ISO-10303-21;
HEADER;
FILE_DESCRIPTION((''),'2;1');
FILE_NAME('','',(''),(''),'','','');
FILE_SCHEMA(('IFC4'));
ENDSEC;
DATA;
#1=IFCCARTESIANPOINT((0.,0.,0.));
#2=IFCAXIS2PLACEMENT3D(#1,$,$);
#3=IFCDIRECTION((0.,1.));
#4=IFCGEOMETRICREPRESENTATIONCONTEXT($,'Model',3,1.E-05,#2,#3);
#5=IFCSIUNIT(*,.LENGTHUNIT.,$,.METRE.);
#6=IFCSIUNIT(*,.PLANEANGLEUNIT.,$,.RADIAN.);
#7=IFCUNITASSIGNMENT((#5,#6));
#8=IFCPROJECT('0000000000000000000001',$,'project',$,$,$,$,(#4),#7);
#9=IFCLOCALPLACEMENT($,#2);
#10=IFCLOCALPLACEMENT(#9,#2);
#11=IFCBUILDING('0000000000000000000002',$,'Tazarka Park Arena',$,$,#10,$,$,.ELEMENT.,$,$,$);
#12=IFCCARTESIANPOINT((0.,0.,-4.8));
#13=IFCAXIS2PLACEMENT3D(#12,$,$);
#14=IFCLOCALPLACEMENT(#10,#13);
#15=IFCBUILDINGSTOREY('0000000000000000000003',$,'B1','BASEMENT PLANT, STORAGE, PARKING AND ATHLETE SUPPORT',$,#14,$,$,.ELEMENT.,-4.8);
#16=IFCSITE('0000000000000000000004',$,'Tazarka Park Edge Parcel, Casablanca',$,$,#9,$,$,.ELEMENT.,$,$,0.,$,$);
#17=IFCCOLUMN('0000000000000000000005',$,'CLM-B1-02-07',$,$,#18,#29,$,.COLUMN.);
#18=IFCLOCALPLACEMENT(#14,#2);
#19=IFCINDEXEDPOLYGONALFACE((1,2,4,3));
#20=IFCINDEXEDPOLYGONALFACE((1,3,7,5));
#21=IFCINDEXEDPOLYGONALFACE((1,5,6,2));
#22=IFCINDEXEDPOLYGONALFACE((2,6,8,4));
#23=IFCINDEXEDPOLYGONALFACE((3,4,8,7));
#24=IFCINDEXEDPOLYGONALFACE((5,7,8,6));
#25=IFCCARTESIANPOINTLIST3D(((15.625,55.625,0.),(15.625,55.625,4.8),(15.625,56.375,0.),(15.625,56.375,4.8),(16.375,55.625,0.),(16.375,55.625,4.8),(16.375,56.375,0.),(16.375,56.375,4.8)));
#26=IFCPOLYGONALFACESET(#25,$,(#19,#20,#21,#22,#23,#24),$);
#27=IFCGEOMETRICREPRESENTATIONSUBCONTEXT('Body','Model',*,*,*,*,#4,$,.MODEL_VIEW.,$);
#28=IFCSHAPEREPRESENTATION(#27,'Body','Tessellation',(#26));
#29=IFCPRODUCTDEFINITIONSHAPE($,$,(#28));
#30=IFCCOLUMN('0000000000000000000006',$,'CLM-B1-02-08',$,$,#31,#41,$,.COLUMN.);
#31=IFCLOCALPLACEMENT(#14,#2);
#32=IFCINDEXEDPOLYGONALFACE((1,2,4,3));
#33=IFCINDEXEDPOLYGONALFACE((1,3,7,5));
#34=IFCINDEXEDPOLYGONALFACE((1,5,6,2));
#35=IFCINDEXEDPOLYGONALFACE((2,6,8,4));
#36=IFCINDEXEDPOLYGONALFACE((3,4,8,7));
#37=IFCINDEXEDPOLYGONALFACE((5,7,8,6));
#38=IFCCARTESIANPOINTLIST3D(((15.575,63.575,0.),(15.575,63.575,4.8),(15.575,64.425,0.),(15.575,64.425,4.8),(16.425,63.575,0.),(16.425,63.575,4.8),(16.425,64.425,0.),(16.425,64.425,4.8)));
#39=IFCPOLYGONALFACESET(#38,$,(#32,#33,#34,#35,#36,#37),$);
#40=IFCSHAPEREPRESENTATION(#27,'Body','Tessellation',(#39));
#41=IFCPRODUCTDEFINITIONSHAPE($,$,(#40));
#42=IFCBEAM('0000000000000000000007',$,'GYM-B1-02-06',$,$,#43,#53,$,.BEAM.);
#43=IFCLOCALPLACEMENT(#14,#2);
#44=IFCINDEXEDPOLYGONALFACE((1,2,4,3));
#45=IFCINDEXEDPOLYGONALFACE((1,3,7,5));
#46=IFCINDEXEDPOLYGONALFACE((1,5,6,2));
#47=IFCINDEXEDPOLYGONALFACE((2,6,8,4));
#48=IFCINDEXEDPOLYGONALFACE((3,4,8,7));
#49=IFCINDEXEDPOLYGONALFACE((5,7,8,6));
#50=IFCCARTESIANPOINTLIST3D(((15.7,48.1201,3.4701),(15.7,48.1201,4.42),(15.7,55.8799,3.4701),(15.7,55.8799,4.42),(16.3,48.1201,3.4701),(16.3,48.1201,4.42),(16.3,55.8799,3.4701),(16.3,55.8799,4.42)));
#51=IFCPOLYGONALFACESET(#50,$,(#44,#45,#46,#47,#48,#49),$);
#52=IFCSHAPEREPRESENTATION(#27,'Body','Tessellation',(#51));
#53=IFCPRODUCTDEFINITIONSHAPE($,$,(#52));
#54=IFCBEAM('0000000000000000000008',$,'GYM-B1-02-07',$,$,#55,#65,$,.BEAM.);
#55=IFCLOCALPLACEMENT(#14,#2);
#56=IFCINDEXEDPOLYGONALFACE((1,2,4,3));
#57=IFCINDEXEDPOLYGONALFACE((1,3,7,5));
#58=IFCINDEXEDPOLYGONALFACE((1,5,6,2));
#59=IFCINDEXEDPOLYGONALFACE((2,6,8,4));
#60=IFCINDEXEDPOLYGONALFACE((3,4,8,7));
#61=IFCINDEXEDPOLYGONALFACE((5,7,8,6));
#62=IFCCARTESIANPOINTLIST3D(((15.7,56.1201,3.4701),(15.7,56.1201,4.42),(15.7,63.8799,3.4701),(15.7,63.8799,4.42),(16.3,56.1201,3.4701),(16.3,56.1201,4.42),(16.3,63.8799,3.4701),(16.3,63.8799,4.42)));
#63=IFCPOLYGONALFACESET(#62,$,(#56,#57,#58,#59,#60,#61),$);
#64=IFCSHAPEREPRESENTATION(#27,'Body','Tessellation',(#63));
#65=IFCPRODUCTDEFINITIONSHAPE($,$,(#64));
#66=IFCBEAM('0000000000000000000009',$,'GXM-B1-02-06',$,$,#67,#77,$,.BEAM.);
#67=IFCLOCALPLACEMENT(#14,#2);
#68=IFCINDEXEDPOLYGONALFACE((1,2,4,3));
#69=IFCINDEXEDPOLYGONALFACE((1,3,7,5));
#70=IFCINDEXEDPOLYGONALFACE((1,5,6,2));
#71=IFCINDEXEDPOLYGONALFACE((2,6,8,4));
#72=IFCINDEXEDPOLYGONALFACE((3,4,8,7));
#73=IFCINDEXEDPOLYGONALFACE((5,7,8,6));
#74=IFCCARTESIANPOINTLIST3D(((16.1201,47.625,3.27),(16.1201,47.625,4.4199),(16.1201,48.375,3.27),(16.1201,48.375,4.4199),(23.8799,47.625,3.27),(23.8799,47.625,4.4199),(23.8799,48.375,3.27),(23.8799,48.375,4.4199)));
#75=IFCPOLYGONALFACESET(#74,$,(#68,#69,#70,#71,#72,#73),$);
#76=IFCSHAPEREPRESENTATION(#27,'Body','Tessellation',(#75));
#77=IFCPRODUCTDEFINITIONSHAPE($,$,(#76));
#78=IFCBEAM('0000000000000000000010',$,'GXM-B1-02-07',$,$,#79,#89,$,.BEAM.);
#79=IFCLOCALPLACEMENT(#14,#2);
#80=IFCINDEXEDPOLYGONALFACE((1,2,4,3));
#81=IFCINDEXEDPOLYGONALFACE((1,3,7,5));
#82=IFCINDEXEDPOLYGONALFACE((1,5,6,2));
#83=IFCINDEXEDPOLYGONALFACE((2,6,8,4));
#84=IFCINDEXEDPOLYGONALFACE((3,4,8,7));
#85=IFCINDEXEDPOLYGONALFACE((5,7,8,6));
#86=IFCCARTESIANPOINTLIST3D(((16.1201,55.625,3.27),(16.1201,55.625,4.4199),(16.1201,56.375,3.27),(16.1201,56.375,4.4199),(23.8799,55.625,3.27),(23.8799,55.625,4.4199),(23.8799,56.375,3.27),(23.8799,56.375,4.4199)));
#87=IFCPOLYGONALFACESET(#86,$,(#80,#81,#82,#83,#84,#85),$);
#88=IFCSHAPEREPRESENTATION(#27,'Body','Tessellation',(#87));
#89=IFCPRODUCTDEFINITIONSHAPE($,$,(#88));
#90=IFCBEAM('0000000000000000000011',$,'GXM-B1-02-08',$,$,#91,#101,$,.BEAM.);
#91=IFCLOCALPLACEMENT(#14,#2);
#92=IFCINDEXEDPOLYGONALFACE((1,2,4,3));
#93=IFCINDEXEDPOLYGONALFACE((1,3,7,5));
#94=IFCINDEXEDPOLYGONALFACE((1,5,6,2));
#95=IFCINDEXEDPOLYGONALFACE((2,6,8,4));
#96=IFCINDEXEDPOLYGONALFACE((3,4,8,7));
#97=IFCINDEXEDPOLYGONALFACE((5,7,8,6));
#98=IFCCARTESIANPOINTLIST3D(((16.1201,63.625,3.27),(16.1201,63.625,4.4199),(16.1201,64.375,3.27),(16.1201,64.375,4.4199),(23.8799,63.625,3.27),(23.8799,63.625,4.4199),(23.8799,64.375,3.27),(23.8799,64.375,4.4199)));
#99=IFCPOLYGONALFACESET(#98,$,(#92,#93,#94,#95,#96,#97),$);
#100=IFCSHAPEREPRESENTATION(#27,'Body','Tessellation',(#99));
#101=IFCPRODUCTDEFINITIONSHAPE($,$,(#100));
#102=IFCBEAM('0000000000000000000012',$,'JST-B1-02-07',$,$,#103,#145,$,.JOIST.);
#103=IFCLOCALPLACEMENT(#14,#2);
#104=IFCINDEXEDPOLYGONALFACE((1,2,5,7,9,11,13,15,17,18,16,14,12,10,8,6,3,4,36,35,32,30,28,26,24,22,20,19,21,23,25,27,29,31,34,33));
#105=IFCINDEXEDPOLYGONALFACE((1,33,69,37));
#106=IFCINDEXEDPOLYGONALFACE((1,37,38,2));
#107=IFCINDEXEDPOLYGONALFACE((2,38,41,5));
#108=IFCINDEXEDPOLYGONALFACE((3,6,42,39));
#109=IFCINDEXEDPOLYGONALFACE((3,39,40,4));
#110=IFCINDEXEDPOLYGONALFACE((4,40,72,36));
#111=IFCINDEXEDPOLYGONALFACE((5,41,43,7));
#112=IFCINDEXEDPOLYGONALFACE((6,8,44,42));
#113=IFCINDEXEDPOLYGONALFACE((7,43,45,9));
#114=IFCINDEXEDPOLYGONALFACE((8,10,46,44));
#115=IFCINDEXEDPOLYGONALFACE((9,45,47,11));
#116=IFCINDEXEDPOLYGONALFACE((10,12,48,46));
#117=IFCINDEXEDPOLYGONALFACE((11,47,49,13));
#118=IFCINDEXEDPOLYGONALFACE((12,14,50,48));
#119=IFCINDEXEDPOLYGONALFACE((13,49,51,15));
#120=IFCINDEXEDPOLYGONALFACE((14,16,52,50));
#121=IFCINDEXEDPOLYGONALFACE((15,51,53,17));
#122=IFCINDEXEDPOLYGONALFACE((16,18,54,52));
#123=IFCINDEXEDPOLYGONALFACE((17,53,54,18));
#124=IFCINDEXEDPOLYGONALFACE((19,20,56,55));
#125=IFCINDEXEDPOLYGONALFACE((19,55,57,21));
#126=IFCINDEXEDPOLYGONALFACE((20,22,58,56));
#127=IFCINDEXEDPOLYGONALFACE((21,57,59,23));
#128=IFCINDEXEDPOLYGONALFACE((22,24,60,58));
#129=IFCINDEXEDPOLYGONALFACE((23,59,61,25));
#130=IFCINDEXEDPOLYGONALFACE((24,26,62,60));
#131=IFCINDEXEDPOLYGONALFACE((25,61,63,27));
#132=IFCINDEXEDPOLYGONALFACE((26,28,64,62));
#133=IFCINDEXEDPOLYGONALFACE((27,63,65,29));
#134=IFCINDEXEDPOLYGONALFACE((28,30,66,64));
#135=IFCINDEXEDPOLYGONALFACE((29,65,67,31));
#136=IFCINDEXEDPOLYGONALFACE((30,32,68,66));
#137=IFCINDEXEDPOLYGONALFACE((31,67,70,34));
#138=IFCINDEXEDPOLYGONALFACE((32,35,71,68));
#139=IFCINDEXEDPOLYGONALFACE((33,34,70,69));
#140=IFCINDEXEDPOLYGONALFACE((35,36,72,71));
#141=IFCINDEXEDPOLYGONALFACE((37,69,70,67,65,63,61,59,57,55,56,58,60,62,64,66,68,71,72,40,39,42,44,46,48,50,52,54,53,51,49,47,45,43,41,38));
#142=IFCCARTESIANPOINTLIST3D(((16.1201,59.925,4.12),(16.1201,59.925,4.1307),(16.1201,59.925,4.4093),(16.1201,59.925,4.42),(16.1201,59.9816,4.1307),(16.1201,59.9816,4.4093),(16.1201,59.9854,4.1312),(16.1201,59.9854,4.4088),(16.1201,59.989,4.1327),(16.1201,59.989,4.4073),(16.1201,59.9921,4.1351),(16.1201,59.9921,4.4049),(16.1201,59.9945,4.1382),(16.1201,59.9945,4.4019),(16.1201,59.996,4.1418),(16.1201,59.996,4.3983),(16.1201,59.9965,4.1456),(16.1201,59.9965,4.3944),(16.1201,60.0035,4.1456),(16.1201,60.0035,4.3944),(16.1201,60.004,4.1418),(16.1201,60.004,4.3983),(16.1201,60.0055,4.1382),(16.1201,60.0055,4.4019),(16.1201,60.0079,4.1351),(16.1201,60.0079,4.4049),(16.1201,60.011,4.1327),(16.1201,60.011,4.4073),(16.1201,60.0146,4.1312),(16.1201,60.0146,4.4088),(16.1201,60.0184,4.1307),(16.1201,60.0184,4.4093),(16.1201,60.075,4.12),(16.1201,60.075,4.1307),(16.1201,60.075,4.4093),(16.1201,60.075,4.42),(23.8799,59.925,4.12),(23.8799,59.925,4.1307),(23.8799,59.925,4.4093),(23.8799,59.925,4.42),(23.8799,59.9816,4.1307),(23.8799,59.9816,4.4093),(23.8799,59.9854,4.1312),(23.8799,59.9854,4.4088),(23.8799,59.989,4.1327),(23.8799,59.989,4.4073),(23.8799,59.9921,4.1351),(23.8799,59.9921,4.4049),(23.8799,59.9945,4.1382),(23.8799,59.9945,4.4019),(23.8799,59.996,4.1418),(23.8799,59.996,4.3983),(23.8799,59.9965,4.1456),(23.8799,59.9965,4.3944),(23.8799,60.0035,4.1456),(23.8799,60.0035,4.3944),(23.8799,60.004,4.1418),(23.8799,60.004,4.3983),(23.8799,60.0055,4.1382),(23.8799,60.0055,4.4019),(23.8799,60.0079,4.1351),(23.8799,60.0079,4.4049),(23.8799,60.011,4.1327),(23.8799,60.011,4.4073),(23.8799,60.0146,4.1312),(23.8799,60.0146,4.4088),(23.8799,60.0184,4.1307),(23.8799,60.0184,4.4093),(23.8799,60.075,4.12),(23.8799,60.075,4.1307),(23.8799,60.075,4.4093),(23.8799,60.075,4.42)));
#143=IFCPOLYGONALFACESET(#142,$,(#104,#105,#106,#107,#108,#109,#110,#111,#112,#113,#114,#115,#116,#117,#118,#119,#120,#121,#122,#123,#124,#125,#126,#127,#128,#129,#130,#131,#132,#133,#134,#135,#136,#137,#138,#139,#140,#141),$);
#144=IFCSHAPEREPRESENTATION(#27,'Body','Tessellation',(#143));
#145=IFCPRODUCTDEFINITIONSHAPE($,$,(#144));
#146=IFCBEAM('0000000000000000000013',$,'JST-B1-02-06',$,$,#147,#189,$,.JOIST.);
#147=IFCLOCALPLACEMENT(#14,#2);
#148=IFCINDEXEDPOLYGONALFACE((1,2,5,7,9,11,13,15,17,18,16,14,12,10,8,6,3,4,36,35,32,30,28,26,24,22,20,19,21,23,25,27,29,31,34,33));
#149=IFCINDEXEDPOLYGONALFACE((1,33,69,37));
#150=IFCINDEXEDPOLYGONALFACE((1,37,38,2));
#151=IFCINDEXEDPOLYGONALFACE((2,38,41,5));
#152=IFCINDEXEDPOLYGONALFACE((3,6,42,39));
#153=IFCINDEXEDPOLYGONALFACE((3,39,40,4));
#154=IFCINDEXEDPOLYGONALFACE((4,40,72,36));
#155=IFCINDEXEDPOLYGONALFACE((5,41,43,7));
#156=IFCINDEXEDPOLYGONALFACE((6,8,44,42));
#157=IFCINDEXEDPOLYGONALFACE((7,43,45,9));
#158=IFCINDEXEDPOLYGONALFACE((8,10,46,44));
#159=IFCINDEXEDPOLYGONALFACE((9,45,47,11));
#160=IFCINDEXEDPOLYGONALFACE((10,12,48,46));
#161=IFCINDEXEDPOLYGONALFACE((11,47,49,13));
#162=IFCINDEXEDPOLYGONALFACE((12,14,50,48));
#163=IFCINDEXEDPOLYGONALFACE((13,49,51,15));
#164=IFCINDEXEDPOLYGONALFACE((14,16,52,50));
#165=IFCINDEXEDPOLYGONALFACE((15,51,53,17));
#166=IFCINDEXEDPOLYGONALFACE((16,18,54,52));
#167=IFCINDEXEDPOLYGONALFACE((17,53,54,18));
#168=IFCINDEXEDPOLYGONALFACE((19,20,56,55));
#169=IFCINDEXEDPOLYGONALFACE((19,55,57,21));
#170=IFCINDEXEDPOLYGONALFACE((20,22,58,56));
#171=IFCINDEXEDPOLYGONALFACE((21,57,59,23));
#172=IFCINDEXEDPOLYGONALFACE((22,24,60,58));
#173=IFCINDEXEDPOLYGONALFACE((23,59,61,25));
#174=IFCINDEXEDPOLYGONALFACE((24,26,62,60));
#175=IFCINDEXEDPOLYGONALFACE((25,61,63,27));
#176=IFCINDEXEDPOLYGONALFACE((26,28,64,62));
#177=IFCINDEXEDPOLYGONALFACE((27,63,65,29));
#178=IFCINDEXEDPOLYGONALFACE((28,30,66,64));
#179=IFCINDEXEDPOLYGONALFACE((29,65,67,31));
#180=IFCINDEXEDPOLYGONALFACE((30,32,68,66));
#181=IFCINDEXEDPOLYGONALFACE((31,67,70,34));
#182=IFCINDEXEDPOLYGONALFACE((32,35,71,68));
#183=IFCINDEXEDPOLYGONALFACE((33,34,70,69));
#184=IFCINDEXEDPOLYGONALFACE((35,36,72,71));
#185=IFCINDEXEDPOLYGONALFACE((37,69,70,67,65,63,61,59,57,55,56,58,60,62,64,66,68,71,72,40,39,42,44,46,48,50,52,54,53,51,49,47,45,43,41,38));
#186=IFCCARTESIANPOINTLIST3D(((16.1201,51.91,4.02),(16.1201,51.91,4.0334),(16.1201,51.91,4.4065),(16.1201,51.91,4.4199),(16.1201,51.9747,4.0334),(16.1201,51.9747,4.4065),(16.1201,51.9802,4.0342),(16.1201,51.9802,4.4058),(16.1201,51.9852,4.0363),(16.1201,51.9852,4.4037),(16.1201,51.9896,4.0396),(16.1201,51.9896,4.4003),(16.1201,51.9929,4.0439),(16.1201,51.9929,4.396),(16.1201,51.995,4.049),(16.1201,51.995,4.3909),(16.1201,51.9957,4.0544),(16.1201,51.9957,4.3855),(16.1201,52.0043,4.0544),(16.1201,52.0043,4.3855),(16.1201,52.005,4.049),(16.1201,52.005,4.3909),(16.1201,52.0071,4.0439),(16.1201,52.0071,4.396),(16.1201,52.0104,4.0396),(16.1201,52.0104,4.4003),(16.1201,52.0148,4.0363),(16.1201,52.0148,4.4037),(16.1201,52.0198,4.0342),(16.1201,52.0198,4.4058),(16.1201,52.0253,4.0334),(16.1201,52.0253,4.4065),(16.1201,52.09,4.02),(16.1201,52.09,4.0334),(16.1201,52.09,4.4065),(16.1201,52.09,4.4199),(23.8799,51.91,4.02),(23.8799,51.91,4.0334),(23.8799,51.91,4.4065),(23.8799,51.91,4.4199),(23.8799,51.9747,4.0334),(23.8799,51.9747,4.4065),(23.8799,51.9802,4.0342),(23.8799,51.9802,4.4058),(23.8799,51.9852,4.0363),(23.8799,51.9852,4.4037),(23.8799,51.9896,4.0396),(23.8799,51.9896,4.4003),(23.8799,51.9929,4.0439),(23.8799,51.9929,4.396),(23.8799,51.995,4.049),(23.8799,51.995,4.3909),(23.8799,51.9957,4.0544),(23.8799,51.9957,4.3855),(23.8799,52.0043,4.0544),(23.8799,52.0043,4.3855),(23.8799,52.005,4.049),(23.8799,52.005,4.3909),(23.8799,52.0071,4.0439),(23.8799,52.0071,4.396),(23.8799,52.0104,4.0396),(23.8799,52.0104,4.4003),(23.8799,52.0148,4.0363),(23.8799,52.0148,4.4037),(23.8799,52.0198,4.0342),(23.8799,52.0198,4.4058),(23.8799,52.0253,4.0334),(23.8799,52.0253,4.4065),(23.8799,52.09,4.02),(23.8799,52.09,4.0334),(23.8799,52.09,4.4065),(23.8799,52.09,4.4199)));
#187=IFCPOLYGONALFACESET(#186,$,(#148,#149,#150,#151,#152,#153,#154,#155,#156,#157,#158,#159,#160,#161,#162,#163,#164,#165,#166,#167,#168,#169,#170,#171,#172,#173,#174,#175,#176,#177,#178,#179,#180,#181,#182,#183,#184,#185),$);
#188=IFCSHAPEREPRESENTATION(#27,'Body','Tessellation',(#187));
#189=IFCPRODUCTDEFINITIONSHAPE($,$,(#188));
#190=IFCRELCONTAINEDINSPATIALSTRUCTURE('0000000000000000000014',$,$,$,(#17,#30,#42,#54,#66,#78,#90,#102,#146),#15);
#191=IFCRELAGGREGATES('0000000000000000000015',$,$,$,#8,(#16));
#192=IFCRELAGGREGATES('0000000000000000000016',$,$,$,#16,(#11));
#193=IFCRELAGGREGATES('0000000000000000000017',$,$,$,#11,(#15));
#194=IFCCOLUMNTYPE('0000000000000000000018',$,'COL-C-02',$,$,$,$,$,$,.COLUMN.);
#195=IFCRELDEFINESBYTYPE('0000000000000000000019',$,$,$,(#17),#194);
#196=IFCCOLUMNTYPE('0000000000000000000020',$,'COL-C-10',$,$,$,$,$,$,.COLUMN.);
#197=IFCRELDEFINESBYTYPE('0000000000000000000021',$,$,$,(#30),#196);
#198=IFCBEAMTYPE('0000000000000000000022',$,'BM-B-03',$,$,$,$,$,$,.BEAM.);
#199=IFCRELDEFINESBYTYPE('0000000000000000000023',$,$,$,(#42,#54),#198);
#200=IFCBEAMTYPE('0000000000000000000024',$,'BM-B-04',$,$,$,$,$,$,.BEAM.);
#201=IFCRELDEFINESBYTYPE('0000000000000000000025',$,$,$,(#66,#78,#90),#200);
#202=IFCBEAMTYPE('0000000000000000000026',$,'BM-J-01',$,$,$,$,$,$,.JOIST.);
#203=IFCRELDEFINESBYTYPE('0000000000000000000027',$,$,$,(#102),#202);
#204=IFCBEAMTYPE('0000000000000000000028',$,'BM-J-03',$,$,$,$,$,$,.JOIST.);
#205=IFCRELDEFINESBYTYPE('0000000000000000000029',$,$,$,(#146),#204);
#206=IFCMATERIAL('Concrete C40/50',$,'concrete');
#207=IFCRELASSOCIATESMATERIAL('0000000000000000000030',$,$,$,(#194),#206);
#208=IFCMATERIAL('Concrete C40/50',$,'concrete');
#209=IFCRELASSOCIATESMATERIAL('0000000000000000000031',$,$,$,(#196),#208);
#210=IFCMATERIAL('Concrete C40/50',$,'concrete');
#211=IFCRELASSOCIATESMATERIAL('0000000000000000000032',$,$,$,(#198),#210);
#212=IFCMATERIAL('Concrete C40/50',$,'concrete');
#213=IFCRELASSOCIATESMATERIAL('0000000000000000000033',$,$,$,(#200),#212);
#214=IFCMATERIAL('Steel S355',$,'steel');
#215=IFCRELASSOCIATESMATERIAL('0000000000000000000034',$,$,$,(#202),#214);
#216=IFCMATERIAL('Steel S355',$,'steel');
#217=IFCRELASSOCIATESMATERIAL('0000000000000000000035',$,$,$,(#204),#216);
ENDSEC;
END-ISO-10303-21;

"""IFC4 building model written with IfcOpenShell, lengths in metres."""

from ifc_helpers import new_model, si_unit, direction, frame, origin, origin_2d, place, context, subcontext, project, spatial, rectangle, i_section, extrude, material, material_profile, profile_set, type_object, element, save


model = new_model("IFC4")

# Units and contexts
model_context = context("Model", 3, precision=1e-05, world=origin(), true_north=direction((0.0, 1.0)))
body_context = subcontext(model_context, "Body", "Model", "MODEL_VIEW")
ifc_project = project(units=[si_unit("LENGTHUNIT", "METRE"), si_unit("PLANEANGLEUNIT", "RADIAN")], contexts=[model_context])

# Site, building, storey
site_placement = place(None, origin())
site = spatial("IfcSite", under=ifc_project, at=site_placement, Name="Tazarka Park Edge Parcel, Casablanca", CompositionType="ELEMENT", RefElevation=0.0)
building_placement = place(site_placement, origin())
building = spatial("IfcBuilding", under=site, at=building_placement, Name="Tazarka Park Arena", CompositionType="ELEMENT")
storey_placement = place(building_placement, frame((0.0, 0.0, -4.8)))
storey = spatial("IfcBuildingStorey", under=building, at=storey_placement, Name="B1", Description="BASEMENT PLANT, STORAGE, PARKING AND ATHLETE SUPPORT", CompositionType="ELEMENT", Elevation=-4.8)

# Columns
ifc_material_1 = material(Name="Concrete C40/50", Category="concrete")
ifc_material_profile_1 = material_profile(ifc_material_1, rectangle(XDim=0.75, YDim=0.75, at=origin_2d()), Name="Concrete C40/50")
ifc_profile_set_1 = profile_set([ifc_material_profile_1], Name="Concrete C40/50")
column_type_1 = type_object("IfcColumnType", Name="COL-C-02", PredefinedType="COLUMN", material=ifc_profile_set_1)
for number, where, z_axis, x_axis, name in (
    (1, (16.0, 56.0, 0.0), (0.0, 0.0, 1.0), (1.0, 0.0, 0.0), "CLM-B1-02-07"),
):
    element("IfcColumn", number, at=place(storey_placement, frame(where, z_axis=z_axis, x_axis=x_axis)), inside=storey, type_object=column_type_1, Name=name, PredefinedType="COLUMN", context=body_context, shape_type="SweptSolid", body=[
        extrude(rectangle(XDim=0.75, YDim=0.75, at=origin_2d()), origin(), (0.0, 0.0, 1.0), 4.8),
    ])
ifc_material_2 = material(Name="Concrete C40/50", Category="concrete")
ifc_material_profile_2 = material_profile(ifc_material_2, rectangle(XDim=0.8501, YDim=0.8501, at=origin_2d()), Name="Concrete C40/50")
ifc_profile_set_2 = profile_set([ifc_material_profile_2], Name="Concrete C40/50")
column_type_2 = type_object("IfcColumnType", Name="COL-C-10", PredefinedType="COLUMN", material=ifc_profile_set_2)
column_placement = place(storey_placement, frame((16.0, 64.0, 0.0), z_axis=(0.0, 0.0, 1.0), x_axis=(1.0, 0.0, 0.0)))
element("IfcColumn", 2, at=column_placement, inside=storey, type_object=column_type_2, Name="CLM-B1-02-08", PredefinedType="COLUMN", context=body_context, shape_type="SweptSolid", body=[
    extrude(rectangle(XDim=0.8501, YDim=0.8501, at=origin_2d()), origin(), (0.0, 0.0, 1.0), 4.8),
])

# Beams
ifc_material_3 = material(Name="Concrete C40/50", Category="concrete")
ifc_material_profile_3 = material_profile(ifc_material_3, rectangle(XDim=0.6001, YDim=0.95, at=origin_2d()), Name="Concrete C40/50")
ifc_profile_set_3 = profile_set([ifc_material_profile_3], Name="Concrete C40/50")
beam_type_1 = type_object("IfcBeamType", Name="BM-B-03", PredefinedType="BEAM", material=ifc_profile_set_3)
for number, where, z_axis, x_axis, name in (
    (3, (16.0, 48.1201, 3.9451), (0.0, 1.0, 0.0), (-1.0, 0.0, 0.0), "GYM-B1-02-06"),
    (4, (16.0, 56.1201, 3.9451), (0.0, 1.0, 0.0), (-1.0, 0.0, 0.0), "GYM-B1-02-07"),
):
    element("IfcBeam", number, at=place(storey_placement, frame(where, z_axis=z_axis, x_axis=x_axis)), inside=storey, type_object=beam_type_1, Name=name, PredefinedType="BEAM", context=body_context, shape_type="SweptSolid", body=[
        extrude(rectangle(XDim=0.6001, YDim=0.95, at=origin_2d()), origin(), (0.0, 0.0, 1.0), 7.7598),
    ])
ifc_material_4 = material(Name="Concrete C40/50", Category="concrete")
ifc_material_profile_4 = material_profile(ifc_material_4, rectangle(XDim=0.75, YDim=1.1499, at=origin_2d()), Name="Concrete C40/50")
ifc_profile_set_4 = profile_set([ifc_material_profile_4], Name="Concrete C40/50")
beam_type_2 = type_object("IfcBeamType", Name="BM-B-04", PredefinedType="BEAM", material=ifc_profile_set_4)
for number, where, z_axis, x_axis, name in (
    (5, (16.1201, 48.0, 3.845), (1.0, 0.0, 0.0), (0.0, 1.0, 0.0), "GXM-B1-02-06"),
    (6, (16.1201, 56.0, 3.845), (1.0, 0.0, 0.0), (0.0, 1.0, 0.0), "GXM-B1-02-07"),
    (7, (16.1201, 64.0, 3.845), (1.0, 0.0, 0.0), (0.0, 1.0, 0.0), "GXM-B1-02-08"),
):
    element("IfcBeam", number, at=place(storey_placement, frame(where, z_axis=z_axis, x_axis=x_axis)), inside=storey, type_object=beam_type_2, Name=name, PredefinedType="BEAM", context=body_context, shape_type="SweptSolid", body=[
        extrude(rectangle(XDim=0.75, YDim=1.1499, at=origin_2d()), origin(), (0.0, 0.0, 1.0), 7.7598),
    ])
ifc_material_5 = material(Name="Steel S355", Category="steel")
ifc_material_profile_5 = material_profile(ifc_material_5, i_section(OverallWidth=0.1499, OverallDepth=0.3, WebThickness=0.0071, FlangeThickness=0.0107, FilletRadius=0.0149, at=origin_2d()), Name="Steel S355")
ifc_profile_set_5 = profile_set([ifc_material_profile_5], Name="Steel S355")
beam_type_3 = type_object("IfcBeamType", Name="BM-J-01", PredefinedType="JOIST", material=ifc_profile_set_5)
beam_1_placement = place(storey_placement, frame((16.1201, 60.0, 4.27), z_axis=(1.0, 0.0, 0.0), x_axis=(0.0, 1.0, 0.0)))
element("IfcBeam", 8, at=beam_1_placement, inside=storey, type_object=beam_type_3, Name="JST-B1-02-07", PredefinedType="JOIST", context=body_context, shape_type="SweptSolid", body=[
    extrude(i_section(OverallWidth=0.1499, OverallDepth=0.3, WebThickness=0.0071, FlangeThickness=0.0107, FilletRadius=0.0149, at=origin_2d()), origin(), (0.0, 0.0, 1.0), 7.7598),
])
ifc_material_6 = material(Name="Steel S355", Category="steel")
ifc_material_profile_6 = material_profile(ifc_material_6, i_section(OverallWidth=0.1799, OverallDepth=0.3999, WebThickness=0.0085, FlangeThickness=0.0134, FilletRadius=0.021, at=origin_2d()), Name="Steel S355")
ifc_profile_set_6 = profile_set([ifc_material_profile_6], Name="Steel S355")
beam_type_4 = type_object("IfcBeamType", Name="BM-J-03", PredefinedType="JOIST", material=ifc_profile_set_6)
beam_2_placement = place(storey_placement, frame((16.1201, 52.0, 4.22), z_axis=(1.0, 0.0, 0.0), x_axis=(0.0, 1.0, 0.0)))
element("IfcBeam", 9, at=beam_2_placement, inside=storey, type_object=beam_type_4, Name="JST-B1-02-06", PredefinedType="JOIST", context=body_context, shape_type="SweptSolid", body=[
    extrude(i_section(OverallWidth=0.1799, OverallDepth=0.3999, WebThickness=0.0085, FlangeThickness=0.0134, FilletRadius=0.021, at=origin_2d()), origin(), (0.0, 0.0, 1.0), 7.7598),
])

save(model, "model.ifc")
